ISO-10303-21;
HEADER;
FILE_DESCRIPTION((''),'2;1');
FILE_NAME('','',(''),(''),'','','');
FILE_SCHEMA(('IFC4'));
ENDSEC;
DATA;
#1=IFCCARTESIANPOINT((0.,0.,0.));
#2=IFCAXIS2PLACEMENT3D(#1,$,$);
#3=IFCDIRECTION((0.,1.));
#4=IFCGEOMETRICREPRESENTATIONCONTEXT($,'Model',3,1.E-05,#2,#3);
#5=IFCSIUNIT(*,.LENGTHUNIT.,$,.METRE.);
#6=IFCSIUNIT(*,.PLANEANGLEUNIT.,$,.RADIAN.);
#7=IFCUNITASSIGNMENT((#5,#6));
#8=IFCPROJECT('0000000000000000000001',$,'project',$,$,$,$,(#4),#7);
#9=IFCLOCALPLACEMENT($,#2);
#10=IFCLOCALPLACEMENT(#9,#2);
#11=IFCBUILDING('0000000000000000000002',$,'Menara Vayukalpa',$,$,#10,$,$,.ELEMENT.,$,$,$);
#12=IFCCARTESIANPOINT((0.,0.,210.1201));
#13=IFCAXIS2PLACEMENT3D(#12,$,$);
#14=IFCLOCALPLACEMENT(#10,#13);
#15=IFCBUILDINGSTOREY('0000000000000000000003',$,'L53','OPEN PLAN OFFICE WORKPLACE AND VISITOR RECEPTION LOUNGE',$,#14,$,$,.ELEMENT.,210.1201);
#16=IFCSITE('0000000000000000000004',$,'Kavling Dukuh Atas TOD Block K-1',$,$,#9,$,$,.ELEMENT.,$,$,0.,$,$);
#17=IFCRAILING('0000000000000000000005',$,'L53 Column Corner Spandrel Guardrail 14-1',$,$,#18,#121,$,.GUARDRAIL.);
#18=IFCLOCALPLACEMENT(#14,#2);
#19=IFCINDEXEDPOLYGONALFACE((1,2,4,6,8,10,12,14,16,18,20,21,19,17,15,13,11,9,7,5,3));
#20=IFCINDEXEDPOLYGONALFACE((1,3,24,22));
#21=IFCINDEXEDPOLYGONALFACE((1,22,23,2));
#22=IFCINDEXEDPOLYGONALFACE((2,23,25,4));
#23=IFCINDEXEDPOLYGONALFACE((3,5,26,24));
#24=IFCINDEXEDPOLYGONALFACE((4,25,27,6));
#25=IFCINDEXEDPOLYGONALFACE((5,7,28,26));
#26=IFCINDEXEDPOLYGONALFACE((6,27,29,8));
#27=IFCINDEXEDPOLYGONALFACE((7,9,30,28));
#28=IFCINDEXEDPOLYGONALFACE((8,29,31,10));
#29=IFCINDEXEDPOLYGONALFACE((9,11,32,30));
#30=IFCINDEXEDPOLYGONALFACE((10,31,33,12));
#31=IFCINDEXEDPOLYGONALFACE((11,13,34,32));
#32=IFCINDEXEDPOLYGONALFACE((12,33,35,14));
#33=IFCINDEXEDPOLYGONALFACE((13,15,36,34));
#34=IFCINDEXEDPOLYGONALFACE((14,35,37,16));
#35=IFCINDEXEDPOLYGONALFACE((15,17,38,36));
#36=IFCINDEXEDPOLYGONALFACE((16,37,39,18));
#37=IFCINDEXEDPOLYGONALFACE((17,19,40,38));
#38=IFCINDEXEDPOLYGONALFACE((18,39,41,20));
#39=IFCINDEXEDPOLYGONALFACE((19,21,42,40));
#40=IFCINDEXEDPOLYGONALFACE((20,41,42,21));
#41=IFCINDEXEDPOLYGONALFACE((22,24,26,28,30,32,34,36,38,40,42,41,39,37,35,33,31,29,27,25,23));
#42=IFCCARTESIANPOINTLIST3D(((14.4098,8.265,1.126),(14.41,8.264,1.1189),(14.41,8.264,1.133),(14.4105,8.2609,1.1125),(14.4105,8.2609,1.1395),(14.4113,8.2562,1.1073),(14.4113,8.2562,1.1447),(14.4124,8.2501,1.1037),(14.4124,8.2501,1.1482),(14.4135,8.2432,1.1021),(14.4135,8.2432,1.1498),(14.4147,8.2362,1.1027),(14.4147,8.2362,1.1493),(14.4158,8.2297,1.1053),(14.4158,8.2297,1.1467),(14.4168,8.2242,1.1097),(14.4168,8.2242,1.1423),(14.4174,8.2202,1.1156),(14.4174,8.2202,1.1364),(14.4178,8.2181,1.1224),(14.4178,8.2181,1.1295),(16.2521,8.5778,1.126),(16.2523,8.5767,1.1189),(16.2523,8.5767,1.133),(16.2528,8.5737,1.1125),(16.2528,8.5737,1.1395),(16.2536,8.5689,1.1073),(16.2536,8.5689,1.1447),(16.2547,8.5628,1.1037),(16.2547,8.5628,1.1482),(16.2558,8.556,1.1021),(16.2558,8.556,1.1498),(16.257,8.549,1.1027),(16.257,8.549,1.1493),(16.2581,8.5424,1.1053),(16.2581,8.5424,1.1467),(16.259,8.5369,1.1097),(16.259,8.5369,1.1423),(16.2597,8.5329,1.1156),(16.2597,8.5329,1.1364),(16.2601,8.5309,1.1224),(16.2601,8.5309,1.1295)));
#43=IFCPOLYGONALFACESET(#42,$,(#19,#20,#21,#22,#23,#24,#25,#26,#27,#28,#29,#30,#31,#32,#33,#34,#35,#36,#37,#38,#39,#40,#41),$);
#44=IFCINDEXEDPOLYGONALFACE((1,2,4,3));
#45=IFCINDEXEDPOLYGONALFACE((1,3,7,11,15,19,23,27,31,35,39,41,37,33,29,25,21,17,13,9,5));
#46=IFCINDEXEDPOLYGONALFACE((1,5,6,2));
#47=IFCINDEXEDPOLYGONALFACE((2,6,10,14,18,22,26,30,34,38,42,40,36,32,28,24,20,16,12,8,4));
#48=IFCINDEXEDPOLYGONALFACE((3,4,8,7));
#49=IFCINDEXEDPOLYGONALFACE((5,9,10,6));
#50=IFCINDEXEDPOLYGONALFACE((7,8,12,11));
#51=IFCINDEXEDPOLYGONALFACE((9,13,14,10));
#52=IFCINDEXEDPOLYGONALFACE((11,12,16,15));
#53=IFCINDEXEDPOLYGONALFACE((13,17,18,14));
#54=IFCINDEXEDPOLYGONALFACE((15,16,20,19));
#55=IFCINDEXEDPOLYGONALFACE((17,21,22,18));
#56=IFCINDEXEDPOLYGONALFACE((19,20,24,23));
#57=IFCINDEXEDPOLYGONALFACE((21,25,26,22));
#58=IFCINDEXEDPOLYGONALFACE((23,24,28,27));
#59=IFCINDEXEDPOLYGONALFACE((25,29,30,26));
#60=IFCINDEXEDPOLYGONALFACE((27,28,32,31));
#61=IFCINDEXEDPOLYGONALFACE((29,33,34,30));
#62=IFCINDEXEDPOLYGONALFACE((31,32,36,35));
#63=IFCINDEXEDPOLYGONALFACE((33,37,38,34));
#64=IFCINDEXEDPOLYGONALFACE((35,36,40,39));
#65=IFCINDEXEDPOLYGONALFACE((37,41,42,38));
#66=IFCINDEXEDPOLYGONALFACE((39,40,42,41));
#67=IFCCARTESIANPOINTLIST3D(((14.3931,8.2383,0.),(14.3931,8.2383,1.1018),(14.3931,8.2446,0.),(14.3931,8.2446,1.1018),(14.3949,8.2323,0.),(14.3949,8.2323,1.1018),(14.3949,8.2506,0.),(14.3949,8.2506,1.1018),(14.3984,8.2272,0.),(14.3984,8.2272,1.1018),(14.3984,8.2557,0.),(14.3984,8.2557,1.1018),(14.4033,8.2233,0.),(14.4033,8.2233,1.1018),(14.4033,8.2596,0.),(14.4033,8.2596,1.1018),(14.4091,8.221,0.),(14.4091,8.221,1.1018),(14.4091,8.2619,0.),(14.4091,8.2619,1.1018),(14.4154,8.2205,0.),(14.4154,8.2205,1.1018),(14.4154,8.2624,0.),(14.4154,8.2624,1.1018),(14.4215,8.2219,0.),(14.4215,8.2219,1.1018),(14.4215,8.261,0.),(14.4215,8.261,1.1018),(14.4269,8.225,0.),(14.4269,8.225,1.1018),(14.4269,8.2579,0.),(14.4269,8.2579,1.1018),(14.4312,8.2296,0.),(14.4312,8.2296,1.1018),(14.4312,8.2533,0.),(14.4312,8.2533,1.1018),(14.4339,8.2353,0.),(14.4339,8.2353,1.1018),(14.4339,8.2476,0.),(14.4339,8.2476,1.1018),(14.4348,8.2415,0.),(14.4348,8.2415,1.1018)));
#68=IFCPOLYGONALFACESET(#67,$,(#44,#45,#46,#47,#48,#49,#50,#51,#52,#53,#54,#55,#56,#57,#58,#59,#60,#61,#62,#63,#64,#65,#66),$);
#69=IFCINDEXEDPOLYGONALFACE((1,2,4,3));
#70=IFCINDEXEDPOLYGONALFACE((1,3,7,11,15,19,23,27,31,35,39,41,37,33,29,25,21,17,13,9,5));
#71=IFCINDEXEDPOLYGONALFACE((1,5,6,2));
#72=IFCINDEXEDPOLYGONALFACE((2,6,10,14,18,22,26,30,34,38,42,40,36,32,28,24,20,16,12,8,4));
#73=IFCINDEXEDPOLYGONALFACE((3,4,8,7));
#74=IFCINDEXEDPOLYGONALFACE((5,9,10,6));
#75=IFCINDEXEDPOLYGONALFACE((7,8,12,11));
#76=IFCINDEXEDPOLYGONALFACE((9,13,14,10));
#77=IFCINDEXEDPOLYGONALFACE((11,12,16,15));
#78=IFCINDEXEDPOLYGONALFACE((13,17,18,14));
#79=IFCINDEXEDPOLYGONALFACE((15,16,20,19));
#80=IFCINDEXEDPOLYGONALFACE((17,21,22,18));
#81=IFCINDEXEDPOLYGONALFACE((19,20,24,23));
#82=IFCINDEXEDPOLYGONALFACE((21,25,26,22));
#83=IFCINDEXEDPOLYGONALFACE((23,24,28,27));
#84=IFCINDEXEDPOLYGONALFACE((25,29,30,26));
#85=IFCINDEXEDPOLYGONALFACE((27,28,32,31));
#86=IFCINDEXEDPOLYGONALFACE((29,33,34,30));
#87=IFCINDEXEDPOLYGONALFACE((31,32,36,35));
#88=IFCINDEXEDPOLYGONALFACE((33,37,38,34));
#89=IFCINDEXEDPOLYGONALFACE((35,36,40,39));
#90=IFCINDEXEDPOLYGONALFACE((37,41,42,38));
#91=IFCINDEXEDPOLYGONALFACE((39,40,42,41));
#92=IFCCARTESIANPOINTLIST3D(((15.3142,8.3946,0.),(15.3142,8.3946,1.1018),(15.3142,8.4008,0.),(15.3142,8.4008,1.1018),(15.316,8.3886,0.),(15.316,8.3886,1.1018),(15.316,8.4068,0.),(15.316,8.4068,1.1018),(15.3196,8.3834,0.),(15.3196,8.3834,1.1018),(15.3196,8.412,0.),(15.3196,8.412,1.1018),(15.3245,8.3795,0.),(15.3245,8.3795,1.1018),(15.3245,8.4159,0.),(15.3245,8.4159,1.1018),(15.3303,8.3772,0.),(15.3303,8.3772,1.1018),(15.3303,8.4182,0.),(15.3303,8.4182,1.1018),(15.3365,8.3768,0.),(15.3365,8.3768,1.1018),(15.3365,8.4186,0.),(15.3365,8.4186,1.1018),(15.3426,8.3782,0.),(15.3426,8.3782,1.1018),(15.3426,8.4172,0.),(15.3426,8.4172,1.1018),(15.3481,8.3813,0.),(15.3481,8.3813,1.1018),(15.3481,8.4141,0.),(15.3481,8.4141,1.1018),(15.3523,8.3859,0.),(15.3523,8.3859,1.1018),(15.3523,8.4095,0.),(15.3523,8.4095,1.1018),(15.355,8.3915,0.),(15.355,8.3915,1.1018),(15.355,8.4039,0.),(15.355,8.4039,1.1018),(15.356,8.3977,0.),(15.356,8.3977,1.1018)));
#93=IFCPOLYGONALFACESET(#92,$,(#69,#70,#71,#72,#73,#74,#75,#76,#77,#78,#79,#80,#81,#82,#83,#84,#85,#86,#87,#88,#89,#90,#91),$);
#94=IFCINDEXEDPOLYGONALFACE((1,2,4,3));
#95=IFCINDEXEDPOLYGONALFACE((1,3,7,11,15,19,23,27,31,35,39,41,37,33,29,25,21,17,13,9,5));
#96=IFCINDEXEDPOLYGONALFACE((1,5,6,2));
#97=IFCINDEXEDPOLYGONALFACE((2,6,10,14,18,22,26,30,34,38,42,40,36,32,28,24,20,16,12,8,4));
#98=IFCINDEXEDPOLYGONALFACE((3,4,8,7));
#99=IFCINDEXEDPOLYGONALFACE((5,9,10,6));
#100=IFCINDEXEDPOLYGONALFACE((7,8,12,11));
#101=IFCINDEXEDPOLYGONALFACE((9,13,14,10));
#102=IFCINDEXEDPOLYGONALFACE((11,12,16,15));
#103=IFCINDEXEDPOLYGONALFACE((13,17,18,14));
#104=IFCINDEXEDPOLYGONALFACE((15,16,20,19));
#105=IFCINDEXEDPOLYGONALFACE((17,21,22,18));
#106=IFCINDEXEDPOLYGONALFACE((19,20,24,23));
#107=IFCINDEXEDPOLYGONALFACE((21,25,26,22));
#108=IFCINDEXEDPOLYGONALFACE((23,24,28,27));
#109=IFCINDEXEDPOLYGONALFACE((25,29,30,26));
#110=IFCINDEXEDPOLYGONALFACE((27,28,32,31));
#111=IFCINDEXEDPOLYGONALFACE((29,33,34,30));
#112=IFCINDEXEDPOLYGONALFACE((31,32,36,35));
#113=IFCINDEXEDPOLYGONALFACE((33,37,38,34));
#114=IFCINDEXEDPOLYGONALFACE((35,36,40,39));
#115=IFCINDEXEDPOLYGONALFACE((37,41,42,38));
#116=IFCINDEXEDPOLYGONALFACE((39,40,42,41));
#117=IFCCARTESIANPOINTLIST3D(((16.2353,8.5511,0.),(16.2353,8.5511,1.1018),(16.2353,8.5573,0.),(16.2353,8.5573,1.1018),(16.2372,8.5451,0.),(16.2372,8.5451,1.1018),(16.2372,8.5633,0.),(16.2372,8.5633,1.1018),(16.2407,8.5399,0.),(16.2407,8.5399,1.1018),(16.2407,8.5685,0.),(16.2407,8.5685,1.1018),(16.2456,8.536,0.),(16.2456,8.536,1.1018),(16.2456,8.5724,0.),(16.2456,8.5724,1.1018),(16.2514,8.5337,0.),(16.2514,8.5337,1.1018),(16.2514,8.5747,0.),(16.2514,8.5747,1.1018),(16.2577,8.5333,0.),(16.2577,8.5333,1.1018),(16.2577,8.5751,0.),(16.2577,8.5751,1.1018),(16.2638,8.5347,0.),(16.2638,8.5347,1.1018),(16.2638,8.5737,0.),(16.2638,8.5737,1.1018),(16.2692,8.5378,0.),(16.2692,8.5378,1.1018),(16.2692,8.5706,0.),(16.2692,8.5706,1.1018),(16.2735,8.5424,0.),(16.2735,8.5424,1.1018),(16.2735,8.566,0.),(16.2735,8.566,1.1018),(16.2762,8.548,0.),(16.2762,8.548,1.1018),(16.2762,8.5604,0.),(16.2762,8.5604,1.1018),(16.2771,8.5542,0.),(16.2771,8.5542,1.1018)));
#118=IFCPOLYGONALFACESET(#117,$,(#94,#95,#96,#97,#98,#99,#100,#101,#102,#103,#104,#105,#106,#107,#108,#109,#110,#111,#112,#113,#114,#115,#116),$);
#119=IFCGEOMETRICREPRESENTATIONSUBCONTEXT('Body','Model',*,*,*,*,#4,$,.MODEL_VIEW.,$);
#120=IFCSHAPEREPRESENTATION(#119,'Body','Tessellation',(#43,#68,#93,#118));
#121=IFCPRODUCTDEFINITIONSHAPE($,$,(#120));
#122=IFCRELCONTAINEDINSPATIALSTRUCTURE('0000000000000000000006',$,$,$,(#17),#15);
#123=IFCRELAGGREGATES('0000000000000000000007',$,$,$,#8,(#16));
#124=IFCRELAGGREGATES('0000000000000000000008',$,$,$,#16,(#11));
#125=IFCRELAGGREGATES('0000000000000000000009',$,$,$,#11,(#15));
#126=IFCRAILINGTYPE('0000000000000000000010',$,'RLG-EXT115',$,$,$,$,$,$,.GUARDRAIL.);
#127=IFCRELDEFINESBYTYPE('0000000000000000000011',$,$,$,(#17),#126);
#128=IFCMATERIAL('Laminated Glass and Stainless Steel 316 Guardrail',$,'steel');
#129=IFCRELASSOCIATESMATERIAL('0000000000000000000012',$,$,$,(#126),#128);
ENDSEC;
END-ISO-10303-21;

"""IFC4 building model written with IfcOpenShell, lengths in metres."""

from ifc_helpers import new_model, si_unit, direction, frame, origin, origin_2d, place, context, subcontext, project, spatial, circle, extrude, material, type_object, element, save


model = new_model("IFC4")

# Units and contexts
model_context = context("Model", 3, precision=1e-05, world=origin(), true_north=direction((0.0, 1.0)))
body_context = subcontext(model_context, "Body", "Model", "MODEL_VIEW")
ifc_project = project(units=[si_unit("LENGTHUNIT", "METRE"), si_unit("PLANEANGLEUNIT", "RADIAN")], contexts=[model_context])

# Site, building, storey
site_placement = place(None, origin())
site = spatial("IfcSite", under=ifc_project, at=site_placement, Name="Kavling Dukuh Atas TOD Block K-1", CompositionType="ELEMENT", RefElevation=0.0)
building_placement = place(site_placement, origin())
building = spatial("IfcBuilding", under=site, at=building_placement, Name="Menara Vayukalpa", CompositionType="ELEMENT")
storey_placement = place(building_placement, frame((0.0, 0.0, 210.1201)))
storey = spatial("IfcBuildingStorey", under=building, at=storey_placement, Name="L53", Description="OPEN PLAN OFFICE WORKPLACE AND VISITOR RECEPTION LOUNGE", CompositionType="ELEMENT", Elevation=210.1201)

# Railing
ifc_material_1 = material(Name="Laminated Glass and Stainless Steel 316 Guardrail", Category="steel")
railing_type = type_object("IfcRailingType", Name="RLG-EXT115", PredefinedType="GUARDRAIL", material=ifc_material_1)
railing_placement = place(storey_placement, frame((14.4138, 8.2415, 0.0)))
element("IfcRailing", 1, at=railing_placement, inside=storey, type_object=railing_type, Name="L53 Column Corner Spandrel Guardrail 14-1", PredefinedType="GUARDRAIL", context=body_context, shape_type="SweptSolid", body=[
    extrude(circle(Radius=0.0239, at=origin_2d()), frame((0.0, 0.0, 1.126), z_axis=(0.985895, 0.167364, 0.0), x_axis=(-0.167364, 0.985895, 0.0)), (0.0, 0.0, 1.0), 1.8687),
    extrude(circle(Radius=0.021, at=origin_2d()), origin(), (0.0, 0.0, 1.0), 1.1018),
    extrude(circle(Radius=0.021, at=origin_2d()), frame((0.9211, 0.1562, 0.0)), (0.0, 0.0, 1.0), 1.1018),
    extrude(circle(Radius=0.021, at=origin_2d()), frame((1.8423, 0.3127, 0.0)), (0.0, 0.0, 1.0), 1.1018),
])

save(model, "model.ifc")
